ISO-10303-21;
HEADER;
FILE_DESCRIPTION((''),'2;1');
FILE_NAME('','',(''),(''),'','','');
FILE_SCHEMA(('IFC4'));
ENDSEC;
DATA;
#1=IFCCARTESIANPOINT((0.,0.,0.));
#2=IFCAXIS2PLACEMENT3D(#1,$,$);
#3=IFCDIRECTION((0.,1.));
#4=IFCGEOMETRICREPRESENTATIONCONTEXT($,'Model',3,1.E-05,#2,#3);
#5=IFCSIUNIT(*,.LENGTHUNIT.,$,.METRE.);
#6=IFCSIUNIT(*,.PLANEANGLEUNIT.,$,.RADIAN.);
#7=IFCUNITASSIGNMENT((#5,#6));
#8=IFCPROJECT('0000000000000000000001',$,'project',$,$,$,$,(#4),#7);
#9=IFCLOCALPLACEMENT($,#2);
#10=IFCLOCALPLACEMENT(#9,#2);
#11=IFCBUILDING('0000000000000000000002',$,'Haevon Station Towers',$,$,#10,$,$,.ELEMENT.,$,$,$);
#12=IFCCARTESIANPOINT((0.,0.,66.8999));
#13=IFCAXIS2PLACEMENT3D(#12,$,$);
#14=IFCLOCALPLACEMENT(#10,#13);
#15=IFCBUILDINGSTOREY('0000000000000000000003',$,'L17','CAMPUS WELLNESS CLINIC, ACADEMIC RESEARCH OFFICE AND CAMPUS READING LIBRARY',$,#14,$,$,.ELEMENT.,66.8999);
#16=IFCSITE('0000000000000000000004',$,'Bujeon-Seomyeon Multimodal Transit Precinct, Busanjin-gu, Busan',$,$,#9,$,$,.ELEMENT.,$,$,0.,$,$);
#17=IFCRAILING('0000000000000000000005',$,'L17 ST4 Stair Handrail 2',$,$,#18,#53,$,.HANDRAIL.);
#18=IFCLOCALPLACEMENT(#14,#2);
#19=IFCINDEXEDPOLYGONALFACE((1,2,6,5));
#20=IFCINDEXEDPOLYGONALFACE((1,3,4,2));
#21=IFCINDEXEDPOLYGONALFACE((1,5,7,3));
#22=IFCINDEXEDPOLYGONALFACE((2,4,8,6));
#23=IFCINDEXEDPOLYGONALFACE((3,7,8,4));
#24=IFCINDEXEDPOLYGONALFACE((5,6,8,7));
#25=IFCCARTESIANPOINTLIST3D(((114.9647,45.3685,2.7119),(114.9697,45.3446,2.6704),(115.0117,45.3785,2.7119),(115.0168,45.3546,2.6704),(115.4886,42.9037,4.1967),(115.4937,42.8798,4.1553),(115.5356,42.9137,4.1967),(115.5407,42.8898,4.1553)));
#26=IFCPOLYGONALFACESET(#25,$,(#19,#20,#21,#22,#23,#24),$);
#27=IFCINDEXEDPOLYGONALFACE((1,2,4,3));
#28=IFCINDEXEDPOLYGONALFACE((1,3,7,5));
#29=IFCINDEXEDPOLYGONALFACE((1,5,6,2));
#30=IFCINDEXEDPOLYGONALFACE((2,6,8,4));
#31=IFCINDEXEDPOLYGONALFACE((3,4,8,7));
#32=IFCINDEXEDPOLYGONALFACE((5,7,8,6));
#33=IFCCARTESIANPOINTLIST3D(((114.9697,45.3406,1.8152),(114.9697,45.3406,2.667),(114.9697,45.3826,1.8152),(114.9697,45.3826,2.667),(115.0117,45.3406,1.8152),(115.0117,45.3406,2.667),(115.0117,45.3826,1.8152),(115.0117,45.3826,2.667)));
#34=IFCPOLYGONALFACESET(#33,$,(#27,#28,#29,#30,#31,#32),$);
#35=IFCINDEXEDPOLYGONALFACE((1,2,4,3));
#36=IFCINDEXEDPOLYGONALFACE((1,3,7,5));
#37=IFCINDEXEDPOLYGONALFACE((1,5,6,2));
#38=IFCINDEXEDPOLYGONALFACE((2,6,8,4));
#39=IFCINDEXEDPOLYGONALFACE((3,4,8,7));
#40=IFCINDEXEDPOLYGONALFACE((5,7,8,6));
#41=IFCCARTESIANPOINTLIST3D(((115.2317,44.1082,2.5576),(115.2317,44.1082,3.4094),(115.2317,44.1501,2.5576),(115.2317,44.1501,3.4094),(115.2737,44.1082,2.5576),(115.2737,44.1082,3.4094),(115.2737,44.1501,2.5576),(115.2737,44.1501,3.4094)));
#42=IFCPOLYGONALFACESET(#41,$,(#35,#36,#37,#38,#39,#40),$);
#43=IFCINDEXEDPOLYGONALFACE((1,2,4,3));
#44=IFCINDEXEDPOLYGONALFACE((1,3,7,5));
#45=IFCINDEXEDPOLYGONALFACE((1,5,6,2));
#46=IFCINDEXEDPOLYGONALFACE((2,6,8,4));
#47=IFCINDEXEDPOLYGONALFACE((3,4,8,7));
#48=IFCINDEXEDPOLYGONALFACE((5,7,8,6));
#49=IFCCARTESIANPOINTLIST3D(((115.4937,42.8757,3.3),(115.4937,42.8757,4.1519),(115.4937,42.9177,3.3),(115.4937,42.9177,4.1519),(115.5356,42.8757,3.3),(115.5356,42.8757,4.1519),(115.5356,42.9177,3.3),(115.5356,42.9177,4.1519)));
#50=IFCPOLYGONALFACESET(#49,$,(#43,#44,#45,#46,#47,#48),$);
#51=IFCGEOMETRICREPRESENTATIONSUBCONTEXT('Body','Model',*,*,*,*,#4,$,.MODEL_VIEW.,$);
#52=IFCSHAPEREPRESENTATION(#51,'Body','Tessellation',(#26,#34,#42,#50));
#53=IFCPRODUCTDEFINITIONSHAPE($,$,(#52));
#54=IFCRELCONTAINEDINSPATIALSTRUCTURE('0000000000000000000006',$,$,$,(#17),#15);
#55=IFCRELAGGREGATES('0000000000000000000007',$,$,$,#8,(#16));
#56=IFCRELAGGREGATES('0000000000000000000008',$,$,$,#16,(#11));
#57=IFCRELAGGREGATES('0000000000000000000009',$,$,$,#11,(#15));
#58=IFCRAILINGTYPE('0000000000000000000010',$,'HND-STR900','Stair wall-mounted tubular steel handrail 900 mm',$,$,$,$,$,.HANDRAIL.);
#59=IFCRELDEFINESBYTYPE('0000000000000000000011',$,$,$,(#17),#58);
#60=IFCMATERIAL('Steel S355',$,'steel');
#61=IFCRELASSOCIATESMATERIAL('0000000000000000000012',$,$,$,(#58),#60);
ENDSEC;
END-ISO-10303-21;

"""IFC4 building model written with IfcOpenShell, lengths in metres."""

from ifc_helpers import new_model, si_unit, direction, frame, origin, origin_2d, place, context, subcontext, project, spatial, rectangle, extrude, material, type_object, element, save


model = new_model("IFC4")

# Units and contexts
model_context = context("Model", 3, precision=1e-05, world=origin(), true_north=direction((0.0, 1.0)))
body_context = subcontext(model_context, "Body", "Model", "MODEL_VIEW")
ifc_project = project(units=[si_unit("LENGTHUNIT", "METRE"), si_unit("PLANEANGLEUNIT", "RADIAN")], contexts=[model_context])

# Site, building, storey
site_placement = place(None, origin())
site = spatial("IfcSite", under=ifc_project, at=site_placement, Name="Bujeon-Seomyeon Multimodal Transit Precinct, Busanjin-gu, Busan", CompositionType="ELEMENT", RefElevation=0.0)
building_placement = place(site_placement, origin())
building = spatial("IfcBuilding", under=site, at=building_placement, Name="Haevon Station Towers", CompositionType="ELEMENT")
storey_placement = place(building_placement, frame((0.0, 0.0, 66.8999)))
storey = spatial("IfcBuildingStorey", under=building, at=storey_placement, Name="L17", Description="CAMPUS WELLNESS CLINIC, ACADEMIC RESEARCH OFFICE AND CAMPUS READING LIBRARY", CompositionType="ELEMENT", Elevation=66.8999)

# Shared definitions
ifc_material_1 = material(Name="Steel S355", Category="steel")

# Railing
railing_type_1 = type_object("IfcRailingType", Name="HND-STR900", Description="Stair wall-mounted tubular steel handrail 900 mm", PredefinedType="HANDRAIL", material=ifc_material_1)
railing_1_placement = place(storey_placement, frame((114.9907, 45.3616, 1.8152)))
element("IfcRailing", 1, at=railing_1_placement, inside=storey, type_object=railing_type_1, Name="L17 ST4 Stair Handrail 2", PredefinedType="HANDRAIL", context=body_context, shape_type="SweptSolid", body=[
    extrude(rectangle(XDim=0.0481, YDim=0.0481, at=origin_2d()), frame((0.0, 0.0, 0.876), z_axis=(0.179129, -0.842724, 0.507671), x_axis=(0.978147, 0.207914, 0.0)), (0.0, 0.0, 1.0), 2.9248),
    extrude(rectangle(XDim=0.042, YDim=0.042, at=origin_2d()), origin(), (0.0, 0.0, 1.0), 0.8518),
    extrude(rectangle(XDim=0.042, YDim=0.042, at=origin_2d()), frame((0.262, -1.2324, 0.7424)), (0.0, 0.0, 1.0), 0.8518),
    extrude(rectangle(XDim=0.042, YDim=0.042, at=origin_2d()), frame((0.5239, -2.4648, 1.4849)), (0.0, 0.0, 1.0), 0.8518),
])

save(model, "model.ifc")
